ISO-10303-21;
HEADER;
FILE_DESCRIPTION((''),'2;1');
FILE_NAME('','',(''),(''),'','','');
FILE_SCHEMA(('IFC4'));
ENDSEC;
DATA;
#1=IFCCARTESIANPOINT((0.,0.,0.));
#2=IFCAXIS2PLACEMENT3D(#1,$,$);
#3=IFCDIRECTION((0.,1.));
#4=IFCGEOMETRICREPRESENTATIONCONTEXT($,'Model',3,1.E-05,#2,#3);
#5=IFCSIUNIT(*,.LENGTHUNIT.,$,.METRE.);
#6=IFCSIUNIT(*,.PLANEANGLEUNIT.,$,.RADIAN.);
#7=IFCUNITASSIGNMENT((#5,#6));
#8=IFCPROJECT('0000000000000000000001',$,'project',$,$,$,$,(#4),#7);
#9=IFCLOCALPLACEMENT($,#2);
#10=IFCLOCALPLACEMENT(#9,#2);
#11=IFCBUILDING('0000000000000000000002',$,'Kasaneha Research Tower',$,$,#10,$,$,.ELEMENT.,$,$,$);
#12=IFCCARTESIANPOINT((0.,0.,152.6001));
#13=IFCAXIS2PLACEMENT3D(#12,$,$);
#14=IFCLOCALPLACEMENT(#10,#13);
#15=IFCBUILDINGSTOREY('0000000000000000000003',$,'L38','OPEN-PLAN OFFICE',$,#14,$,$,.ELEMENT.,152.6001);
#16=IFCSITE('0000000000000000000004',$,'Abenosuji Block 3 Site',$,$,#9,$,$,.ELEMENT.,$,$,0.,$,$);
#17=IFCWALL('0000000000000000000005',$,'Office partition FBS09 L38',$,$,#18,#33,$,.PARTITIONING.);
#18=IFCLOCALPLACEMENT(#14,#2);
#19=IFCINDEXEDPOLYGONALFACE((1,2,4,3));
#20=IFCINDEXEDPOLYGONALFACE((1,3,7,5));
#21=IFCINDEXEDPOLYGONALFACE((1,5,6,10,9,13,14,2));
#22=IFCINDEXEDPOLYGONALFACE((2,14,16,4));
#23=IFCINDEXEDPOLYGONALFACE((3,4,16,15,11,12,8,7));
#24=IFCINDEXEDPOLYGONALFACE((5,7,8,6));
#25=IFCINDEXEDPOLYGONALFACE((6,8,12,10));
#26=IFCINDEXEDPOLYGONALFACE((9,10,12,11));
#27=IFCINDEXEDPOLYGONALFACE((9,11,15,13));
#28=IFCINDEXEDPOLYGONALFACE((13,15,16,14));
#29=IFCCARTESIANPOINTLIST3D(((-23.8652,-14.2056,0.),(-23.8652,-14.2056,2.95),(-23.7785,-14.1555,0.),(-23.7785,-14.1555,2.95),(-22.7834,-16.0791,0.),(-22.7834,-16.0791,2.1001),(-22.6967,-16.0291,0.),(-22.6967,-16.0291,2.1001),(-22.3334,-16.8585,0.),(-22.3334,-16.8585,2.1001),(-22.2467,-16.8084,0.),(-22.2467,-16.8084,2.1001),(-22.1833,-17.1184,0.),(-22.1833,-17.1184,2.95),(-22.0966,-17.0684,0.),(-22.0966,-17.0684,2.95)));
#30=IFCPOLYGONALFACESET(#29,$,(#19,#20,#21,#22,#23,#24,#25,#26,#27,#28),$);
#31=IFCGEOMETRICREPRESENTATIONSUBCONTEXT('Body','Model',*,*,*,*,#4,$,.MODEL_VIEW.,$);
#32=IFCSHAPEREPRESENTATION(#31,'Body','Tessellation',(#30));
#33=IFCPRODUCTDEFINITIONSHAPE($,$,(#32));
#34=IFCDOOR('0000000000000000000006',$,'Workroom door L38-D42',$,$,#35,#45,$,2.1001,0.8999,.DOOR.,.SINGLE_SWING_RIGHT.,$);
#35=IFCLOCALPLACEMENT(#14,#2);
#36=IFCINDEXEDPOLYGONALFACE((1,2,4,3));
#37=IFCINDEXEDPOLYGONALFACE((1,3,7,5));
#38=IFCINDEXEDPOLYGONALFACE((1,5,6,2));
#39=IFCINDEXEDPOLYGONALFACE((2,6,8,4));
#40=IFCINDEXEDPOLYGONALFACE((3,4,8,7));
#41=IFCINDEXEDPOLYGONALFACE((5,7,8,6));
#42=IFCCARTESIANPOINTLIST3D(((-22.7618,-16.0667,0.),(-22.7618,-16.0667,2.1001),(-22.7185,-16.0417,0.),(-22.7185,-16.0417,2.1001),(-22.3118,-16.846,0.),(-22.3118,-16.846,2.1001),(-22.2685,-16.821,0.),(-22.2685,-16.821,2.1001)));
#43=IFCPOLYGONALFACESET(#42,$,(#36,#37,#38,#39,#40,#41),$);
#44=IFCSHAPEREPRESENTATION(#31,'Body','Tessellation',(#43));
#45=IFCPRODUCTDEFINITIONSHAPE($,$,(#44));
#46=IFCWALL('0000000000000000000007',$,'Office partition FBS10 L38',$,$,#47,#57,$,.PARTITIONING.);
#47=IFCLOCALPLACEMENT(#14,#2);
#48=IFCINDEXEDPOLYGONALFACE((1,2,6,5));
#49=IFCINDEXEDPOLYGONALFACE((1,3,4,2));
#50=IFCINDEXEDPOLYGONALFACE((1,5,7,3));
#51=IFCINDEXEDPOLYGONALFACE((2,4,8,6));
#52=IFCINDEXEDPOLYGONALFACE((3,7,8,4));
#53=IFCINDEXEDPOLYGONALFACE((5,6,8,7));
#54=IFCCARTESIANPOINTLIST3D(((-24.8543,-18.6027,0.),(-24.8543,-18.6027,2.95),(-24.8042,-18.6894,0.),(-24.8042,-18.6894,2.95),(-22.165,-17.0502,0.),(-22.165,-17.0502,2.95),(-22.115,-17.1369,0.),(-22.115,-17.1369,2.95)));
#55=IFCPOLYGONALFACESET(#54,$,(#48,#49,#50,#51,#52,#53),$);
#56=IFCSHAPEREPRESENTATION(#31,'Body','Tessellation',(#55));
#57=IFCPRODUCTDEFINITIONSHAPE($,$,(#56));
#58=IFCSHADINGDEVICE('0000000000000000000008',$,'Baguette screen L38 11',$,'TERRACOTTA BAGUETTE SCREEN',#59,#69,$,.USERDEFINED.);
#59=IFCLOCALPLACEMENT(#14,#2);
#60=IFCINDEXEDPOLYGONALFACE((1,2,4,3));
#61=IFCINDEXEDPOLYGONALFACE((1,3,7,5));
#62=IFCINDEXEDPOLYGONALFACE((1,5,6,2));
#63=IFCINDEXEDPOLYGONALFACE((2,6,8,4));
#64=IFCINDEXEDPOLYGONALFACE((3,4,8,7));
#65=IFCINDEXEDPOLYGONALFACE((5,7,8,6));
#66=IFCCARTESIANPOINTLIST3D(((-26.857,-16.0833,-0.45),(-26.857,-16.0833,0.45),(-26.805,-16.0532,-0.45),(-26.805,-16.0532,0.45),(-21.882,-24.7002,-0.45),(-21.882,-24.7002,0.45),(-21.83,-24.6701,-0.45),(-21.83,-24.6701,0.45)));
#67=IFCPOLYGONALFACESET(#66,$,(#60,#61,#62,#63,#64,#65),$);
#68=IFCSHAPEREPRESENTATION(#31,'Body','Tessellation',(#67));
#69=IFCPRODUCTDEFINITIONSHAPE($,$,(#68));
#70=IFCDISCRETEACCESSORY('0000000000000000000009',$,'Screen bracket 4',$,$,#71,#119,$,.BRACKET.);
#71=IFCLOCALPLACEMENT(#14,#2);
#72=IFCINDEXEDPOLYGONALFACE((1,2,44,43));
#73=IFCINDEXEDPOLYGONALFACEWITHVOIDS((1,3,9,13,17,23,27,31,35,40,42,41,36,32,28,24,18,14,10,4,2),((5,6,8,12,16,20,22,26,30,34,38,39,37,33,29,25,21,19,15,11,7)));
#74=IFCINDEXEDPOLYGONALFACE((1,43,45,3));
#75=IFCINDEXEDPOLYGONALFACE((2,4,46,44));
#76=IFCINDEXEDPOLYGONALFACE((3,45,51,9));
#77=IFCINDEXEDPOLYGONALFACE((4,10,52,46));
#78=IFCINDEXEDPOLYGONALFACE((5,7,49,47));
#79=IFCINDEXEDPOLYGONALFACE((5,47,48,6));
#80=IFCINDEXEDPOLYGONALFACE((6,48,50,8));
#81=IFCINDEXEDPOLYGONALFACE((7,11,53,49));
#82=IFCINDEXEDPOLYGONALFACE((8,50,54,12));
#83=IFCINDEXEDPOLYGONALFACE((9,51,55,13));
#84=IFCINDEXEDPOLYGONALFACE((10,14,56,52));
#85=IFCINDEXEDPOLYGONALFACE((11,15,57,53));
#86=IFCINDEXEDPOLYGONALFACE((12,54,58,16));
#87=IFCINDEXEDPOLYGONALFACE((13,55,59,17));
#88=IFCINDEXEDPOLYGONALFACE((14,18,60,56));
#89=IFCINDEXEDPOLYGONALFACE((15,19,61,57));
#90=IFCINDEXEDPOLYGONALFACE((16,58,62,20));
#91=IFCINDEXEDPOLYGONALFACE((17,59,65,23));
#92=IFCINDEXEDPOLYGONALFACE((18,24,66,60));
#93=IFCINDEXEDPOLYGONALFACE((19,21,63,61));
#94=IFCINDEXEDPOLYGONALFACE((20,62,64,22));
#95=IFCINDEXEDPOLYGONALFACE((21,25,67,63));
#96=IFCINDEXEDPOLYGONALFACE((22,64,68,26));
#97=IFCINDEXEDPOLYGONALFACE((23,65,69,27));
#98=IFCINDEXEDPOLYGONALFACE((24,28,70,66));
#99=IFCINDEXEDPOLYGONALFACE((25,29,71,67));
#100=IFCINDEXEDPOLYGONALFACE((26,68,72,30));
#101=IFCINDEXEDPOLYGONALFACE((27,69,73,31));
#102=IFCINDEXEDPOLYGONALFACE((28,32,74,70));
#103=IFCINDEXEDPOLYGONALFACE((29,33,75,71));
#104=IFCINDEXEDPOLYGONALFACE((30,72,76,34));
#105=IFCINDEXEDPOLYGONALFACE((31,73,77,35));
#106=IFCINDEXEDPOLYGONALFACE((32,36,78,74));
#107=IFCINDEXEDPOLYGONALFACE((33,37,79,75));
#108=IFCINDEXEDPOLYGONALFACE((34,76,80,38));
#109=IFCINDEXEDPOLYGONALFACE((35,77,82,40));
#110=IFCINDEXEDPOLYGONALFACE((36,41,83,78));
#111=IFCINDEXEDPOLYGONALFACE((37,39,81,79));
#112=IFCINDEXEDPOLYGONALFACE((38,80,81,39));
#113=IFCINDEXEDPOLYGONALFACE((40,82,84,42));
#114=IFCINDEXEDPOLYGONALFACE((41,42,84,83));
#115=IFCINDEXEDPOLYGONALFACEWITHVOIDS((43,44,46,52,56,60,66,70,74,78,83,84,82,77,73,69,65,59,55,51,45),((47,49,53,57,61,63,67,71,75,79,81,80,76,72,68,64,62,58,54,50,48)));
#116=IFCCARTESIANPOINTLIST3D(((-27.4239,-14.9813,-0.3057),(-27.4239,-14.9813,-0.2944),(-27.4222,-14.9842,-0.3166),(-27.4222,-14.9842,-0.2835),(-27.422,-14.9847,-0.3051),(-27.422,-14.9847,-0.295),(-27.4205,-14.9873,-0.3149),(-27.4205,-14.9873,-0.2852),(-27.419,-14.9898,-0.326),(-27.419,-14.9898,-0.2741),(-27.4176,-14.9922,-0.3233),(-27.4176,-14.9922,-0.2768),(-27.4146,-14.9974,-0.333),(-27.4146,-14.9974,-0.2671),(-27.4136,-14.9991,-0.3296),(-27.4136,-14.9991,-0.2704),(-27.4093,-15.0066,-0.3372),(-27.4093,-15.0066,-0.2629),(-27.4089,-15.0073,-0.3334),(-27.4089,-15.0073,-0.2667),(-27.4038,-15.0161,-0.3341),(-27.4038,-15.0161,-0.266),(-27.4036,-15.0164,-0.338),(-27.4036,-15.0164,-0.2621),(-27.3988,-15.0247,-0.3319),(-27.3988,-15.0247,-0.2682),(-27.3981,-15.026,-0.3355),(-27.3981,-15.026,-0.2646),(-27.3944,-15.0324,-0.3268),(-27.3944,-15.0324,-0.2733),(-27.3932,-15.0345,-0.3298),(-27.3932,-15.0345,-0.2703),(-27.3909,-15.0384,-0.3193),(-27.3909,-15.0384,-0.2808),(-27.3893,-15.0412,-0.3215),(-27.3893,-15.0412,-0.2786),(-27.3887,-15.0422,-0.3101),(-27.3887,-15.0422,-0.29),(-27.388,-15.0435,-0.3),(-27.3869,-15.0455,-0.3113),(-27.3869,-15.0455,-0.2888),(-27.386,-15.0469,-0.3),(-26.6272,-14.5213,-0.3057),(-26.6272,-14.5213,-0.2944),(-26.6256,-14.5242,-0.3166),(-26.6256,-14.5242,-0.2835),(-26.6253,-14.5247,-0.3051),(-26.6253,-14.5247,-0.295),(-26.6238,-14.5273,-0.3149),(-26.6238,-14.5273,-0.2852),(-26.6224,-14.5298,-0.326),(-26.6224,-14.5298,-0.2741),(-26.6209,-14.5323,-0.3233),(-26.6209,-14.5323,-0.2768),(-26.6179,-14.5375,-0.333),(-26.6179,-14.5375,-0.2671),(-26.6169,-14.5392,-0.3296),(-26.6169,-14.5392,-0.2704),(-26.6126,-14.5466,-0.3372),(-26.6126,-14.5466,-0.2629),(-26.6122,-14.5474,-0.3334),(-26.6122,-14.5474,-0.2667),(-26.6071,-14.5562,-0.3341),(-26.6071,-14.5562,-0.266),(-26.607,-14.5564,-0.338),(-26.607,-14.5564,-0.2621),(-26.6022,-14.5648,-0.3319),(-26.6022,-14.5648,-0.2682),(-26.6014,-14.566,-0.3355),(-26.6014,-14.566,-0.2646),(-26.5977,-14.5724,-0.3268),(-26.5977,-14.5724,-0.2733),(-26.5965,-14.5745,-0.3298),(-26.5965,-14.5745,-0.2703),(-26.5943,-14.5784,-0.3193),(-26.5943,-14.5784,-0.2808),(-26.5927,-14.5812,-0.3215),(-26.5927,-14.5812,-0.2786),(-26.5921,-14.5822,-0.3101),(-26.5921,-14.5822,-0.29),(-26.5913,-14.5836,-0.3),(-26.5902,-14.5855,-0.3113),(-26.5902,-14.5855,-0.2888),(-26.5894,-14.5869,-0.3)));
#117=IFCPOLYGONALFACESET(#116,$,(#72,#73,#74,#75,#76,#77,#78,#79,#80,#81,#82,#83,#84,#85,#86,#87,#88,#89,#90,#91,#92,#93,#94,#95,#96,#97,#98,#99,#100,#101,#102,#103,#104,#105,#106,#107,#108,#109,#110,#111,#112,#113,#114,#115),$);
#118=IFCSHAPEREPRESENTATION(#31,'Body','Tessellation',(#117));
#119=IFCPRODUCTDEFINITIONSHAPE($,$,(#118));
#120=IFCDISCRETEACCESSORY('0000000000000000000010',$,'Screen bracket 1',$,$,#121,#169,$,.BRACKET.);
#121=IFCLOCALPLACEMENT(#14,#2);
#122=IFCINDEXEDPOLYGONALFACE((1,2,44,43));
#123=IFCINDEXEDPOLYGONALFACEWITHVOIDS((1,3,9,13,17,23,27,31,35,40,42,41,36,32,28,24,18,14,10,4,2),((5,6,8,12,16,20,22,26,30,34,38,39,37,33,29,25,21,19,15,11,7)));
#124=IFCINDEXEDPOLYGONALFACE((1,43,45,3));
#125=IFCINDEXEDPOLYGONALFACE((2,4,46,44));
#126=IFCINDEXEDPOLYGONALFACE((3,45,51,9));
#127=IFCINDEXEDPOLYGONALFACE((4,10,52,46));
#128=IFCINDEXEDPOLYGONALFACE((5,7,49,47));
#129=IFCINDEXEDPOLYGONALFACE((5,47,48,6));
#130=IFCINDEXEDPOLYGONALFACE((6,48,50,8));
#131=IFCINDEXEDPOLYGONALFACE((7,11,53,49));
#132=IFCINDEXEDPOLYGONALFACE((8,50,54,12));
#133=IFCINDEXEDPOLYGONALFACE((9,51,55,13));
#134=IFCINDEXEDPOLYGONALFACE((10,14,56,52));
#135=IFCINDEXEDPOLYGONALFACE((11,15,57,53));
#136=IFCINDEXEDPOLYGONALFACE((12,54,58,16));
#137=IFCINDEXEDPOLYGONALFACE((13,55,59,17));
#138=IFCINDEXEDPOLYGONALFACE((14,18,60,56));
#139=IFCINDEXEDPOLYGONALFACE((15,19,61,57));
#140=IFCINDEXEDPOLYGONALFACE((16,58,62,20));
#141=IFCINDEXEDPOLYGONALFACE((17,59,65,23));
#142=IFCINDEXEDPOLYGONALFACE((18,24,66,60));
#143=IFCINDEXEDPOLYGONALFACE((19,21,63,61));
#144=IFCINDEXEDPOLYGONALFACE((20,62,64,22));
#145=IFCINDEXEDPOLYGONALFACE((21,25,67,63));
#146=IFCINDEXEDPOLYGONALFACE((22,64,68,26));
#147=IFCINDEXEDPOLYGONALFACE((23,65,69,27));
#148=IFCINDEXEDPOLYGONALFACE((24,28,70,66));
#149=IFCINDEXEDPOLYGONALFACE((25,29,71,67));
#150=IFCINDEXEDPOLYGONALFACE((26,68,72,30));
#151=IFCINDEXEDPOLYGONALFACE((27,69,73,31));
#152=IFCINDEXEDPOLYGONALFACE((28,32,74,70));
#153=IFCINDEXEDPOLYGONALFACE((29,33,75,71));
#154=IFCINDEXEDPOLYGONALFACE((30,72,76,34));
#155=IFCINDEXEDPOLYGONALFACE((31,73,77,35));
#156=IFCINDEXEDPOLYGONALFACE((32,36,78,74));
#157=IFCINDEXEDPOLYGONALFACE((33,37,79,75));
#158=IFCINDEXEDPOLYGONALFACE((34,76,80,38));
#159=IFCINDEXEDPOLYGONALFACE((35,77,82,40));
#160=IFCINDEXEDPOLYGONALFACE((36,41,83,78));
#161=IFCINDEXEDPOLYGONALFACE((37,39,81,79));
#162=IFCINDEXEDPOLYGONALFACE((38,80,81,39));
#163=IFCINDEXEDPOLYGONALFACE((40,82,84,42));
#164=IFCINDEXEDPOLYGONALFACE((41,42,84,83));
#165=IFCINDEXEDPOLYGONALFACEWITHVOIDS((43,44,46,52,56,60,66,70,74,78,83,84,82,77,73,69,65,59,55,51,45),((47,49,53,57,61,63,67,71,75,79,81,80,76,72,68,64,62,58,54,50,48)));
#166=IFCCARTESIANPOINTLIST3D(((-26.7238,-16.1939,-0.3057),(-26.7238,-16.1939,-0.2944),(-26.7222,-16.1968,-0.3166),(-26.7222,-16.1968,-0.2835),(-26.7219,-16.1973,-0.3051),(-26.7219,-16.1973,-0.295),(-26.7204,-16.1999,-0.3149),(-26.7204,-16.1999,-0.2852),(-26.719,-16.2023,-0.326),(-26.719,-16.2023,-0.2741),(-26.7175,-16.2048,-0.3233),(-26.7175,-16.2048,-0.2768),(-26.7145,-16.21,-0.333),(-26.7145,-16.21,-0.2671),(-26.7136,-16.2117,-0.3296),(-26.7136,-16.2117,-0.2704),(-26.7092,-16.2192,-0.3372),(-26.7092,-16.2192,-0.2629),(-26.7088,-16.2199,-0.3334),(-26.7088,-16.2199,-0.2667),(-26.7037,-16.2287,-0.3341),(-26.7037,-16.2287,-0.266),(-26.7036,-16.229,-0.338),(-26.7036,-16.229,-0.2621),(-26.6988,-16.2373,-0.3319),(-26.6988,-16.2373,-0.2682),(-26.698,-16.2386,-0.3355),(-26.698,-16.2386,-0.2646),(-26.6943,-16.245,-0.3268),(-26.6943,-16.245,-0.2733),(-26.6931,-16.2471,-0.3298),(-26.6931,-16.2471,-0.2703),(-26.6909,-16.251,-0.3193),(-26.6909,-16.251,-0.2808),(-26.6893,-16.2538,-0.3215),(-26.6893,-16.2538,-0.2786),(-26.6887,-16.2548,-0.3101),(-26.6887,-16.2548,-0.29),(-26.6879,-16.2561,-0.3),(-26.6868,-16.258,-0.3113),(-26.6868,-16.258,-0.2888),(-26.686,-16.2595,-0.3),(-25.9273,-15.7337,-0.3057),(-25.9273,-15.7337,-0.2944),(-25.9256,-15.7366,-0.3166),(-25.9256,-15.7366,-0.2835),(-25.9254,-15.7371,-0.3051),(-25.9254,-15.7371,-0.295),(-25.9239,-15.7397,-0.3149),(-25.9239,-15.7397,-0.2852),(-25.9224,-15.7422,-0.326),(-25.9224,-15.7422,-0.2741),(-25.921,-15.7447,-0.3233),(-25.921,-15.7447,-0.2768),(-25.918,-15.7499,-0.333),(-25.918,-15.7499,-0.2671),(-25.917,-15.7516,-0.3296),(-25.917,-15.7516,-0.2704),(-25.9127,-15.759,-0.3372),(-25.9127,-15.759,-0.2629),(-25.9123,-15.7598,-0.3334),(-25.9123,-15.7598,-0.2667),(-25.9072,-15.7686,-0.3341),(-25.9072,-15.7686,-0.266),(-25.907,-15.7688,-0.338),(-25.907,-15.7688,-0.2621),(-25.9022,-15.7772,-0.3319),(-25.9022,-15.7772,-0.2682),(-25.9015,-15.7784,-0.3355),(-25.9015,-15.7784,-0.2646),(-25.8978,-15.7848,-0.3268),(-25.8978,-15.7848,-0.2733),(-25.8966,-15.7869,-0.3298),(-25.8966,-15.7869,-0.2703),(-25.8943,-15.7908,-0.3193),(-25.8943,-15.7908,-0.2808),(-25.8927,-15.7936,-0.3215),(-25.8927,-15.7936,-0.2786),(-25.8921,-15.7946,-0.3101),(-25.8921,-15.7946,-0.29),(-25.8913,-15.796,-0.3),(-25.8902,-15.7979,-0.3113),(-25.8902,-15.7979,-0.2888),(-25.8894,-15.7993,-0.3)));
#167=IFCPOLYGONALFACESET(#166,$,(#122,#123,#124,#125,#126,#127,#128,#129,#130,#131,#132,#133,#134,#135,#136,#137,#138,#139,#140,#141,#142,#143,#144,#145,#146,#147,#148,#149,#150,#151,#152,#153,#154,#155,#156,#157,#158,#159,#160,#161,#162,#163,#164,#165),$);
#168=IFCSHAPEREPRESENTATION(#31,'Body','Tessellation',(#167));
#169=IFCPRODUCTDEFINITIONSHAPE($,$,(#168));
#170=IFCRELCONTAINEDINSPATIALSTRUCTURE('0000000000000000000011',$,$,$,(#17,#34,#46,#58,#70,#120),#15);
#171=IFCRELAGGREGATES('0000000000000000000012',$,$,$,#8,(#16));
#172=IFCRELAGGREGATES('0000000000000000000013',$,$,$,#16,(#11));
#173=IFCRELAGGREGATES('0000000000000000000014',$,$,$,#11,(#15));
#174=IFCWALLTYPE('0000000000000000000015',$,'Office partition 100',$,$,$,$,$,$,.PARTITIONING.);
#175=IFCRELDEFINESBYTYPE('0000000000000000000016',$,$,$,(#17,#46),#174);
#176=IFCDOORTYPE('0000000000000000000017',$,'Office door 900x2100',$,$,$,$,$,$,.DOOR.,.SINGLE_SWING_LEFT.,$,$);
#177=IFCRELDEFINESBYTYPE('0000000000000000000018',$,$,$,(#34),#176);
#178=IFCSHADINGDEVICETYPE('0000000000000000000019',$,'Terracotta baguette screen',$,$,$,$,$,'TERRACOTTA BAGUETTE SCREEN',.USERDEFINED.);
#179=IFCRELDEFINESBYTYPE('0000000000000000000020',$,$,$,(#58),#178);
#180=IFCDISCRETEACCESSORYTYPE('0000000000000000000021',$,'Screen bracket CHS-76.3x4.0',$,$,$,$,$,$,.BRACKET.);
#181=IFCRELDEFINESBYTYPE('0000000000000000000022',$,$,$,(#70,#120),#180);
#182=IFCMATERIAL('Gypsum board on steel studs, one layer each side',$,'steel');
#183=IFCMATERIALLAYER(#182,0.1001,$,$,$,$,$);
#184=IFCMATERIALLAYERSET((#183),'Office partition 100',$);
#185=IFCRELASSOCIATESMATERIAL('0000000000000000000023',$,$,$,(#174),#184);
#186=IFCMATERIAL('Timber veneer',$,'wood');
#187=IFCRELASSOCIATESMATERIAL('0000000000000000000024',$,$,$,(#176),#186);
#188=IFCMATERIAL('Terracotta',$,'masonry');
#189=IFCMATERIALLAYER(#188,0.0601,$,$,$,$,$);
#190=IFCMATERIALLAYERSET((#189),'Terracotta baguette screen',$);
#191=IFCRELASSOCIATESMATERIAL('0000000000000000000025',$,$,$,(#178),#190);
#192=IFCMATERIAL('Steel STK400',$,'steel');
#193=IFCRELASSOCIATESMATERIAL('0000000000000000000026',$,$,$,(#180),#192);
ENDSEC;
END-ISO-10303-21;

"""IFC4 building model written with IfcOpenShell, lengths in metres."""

from ifc_helpers import new_model, si_unit, direction, frame, frame_2d, origin, origin_2d, place, context, subcontext, project, spatial, rectangle, hollow_circle, extrude, material, layer, layer_set, material_profile, profile_set, type_object, element, fill, save


model = new_model("IFC4")

# Units and contexts
model_context = context("Model", 3, precision=1e-05, world=origin(), true_north=direction((0.0, 1.0)))
body_context = subcontext(model_context, "Body", "Model", "MODEL_VIEW")
ifc_project = project(units=[si_unit("LENGTHUNIT", "METRE"), si_unit("PLANEANGLEUNIT", "RADIAN")], contexts=[model_context])

# Site, building, storey
site_placement = place(None, origin())
site = spatial("IfcSite", under=ifc_project, at=site_placement, Name="Abenosuji Block 3 Site", CompositionType="ELEMENT", RefElevation=0.0)
building_placement = place(site_placement, origin())
building = spatial("IfcBuilding", under=site, at=building_placement, Name="Kasaneha Research Tower", CompositionType="ELEMENT")
storey_placement = place(building_placement, frame((0.0, 0.0, 152.6001)))
storey = spatial("IfcBuildingStorey", under=building, at=storey_placement, Name="L38", Description="OPEN-PLAN OFFICE", CompositionType="ELEMENT", Elevation=152.6001)

# Shared definitions
ifc_material_1 = material(Name="Gypsum board on steel studs, one layer each side", Category="steel")
ifc_layer_1 = layer(ifc_material_1, 0.1001)
ifc_layer_set_1 = layer_set([ifc_layer_1], Name="Office partition 100")
wall_type = type_object("IfcWallType", Name="Office partition 100", PredefinedType="PARTITIONING", material=ifc_layer_set_1)
ifc_material_2 = material(Name="Timber veneer", Category="wood")
door_type = type_object("IfcDoorType", Name="Office door 900x2100", OperationType="SINGLE_SWING_LEFT", PredefinedType="DOOR", material=ifc_material_2)

# Wall, opening, door
wall_1_placement = place(storey_placement, frame((-23.8218, -14.1807, 0.0), z_axis=(0.0, 0.0, 1.0), x_axis=(0.500035, -0.866005, 0.0)))
wall_1 = element("IfcWall", 1, at=wall_1_placement, inside=storey, type_object=wall_type, Name="Office partition FBS09 L38", PredefinedType="PARTITIONING", context=body_context, shape_type="SweptSolid", body=[
    extrude(rectangle(XDim=3.3635, YDim=0.1001, at=frame_2d((1.6816, 0.0))), origin(), (0.0, 0.0, 1.0), 2.95),
])
opening_1_placement = place(wall_1_placement, frame((2.1633, 0.0, 0.0)))
opening_1 = element("IfcOpeningElement", 2, at=opening_1_placement, cuts=wall_1, PredefinedType="OPENING", context=body_context, shape_type="SweptSolid", body=[
    extrude(rectangle(XDim=0.8999, YDim=2.1001, at=frame_2d((0.45, 1.05))), frame((0.0, 0.0601, 0.0), z_axis=(0.0, -1.0, 0.0), x_axis=(1.0, 0.0, 0.0)), (0.0, 0.0, 1.0), 0.1201),
])
door_1_placement = place(opening_1_placement, origin())
door_1 = element("IfcDoor", 3, at=door_1_placement, inside=storey, type_object=door_type, Name="Workroom door L38-D42", OperationType="SINGLE_SWING_RIGHT", OverallHeight=2.1001, OverallWidth=0.8999, PredefinedType="DOOR", context=body_context, shape_type="SweptSolid", body=[
    extrude(rectangle(XDim=0.8999, YDim=2.1001, at=frame_2d((0.45, 1.05))), frame((0.0, 0.0249, 0.0), z_axis=(0.0, -1.0, 0.0), x_axis=(1.0, 0.0, 0.0)), (0.0, 0.0, 1.0), 0.05),
])
fill(opening_1, door_1)

# Wall
wall_2_placement = place(storey_placement, frame((-22.1399, -17.0935, 0.0), z_axis=(0.0, 0.0, 1.0), x_axis=(-0.866043, -0.49997, 0.0)))
element("IfcWall", 4, at=wall_2_placement, inside=storey, type_object=wall_type, Name="Office partition FBS10 L38", PredefinedType="PARTITIONING", context=body_context, shape_type="SweptSolid", body=[
    extrude(rectangle(XDim=3.1052, YDim=0.1001, at=frame_2d((1.5527, 0.0))), origin(), (0.0, 0.0, 1.0), 2.95),
])

# Shading device
ifc_material_3 = material(Name="Terracotta", Category="masonry")
ifc_layer_2 = layer(ifc_material_3, 0.0601)
ifc_layer_set_2 = layer_set([ifc_layer_2], Name="Terracotta baguette screen")
shading_device_type = type_object("IfcShadingDeviceType", Name="Terracotta baguette screen", ElementType="TERRACOTTA BAGUETTE SCREEN", PredefinedType="USERDEFINED", material=ifc_layer_set_2)
shading_device_placement = place(storey_placement, frame((-24.3435, -20.3767, -0.45), z_axis=(0.0, 0.0, 1.0), x_axis=(0.5, -0.866025, 0.0)))
element("IfcShadingDevice", 5, at=shading_device_placement, inside=storey, type_object=shading_device_type, Name="Baguette screen L38 11", ObjectType="TERRACOTTA BAGUETTE SCREEN", PredefinedType="USERDEFINED", context=body_context, shape_type="SweptSolid", body=[
    extrude(rectangle(XDim=9.95, YDim=0.0601, at=origin_2d()), origin(), (0.0, 0.0, 1.0), 0.8999),
])

# Discrete accessories
ifc_material_4 = material(Name="Steel STK400", Category="steel")
ifc_material_profile_1 = material_profile(ifc_material_4, hollow_circle(Radius=0.0381, WallThickness=0.0039, at=origin_2d()), Name="CHS-76.3x4.0")
ifc_profile_set_1 = profile_set([ifc_material_profile_1], Name="Steel STK400")
discrete_accessory_type = type_object("IfcDiscreteAccessoryType", Name="Screen bracket CHS-76.3x4.0", PredefinedType="BRACKET", material=ifc_profile_set_1)
for number, where, z_axis, x_axis, name in (
    (6, (-26.6084, -14.554, -0.3), (-0.866013, -0.500021, 0.0), (0.500021, -0.866013, 0.0), "Screen bracket 4"),
    (7, (-25.9084, -15.7664, -0.3), (-0.865898, -0.50022, 0.0), (0.50022, -0.865898, 0.0), "Screen bracket 1"),
):
    element("IfcDiscreteAccessory", number, at=place(storey_placement, frame(where, z_axis=z_axis, x_axis=x_axis)), inside=storey, type_object=discrete_accessory_type, Name=name, PredefinedType="BRACKET", context=body_context, shape_type="SweptSolid", body=[
        extrude(hollow_circle(Radius=0.0381, WallThickness=0.0039, at=origin_2d()), origin(), (0.0, 0.0, 1.0), 0.9199),
    ])

save(model, "model.ifc")
